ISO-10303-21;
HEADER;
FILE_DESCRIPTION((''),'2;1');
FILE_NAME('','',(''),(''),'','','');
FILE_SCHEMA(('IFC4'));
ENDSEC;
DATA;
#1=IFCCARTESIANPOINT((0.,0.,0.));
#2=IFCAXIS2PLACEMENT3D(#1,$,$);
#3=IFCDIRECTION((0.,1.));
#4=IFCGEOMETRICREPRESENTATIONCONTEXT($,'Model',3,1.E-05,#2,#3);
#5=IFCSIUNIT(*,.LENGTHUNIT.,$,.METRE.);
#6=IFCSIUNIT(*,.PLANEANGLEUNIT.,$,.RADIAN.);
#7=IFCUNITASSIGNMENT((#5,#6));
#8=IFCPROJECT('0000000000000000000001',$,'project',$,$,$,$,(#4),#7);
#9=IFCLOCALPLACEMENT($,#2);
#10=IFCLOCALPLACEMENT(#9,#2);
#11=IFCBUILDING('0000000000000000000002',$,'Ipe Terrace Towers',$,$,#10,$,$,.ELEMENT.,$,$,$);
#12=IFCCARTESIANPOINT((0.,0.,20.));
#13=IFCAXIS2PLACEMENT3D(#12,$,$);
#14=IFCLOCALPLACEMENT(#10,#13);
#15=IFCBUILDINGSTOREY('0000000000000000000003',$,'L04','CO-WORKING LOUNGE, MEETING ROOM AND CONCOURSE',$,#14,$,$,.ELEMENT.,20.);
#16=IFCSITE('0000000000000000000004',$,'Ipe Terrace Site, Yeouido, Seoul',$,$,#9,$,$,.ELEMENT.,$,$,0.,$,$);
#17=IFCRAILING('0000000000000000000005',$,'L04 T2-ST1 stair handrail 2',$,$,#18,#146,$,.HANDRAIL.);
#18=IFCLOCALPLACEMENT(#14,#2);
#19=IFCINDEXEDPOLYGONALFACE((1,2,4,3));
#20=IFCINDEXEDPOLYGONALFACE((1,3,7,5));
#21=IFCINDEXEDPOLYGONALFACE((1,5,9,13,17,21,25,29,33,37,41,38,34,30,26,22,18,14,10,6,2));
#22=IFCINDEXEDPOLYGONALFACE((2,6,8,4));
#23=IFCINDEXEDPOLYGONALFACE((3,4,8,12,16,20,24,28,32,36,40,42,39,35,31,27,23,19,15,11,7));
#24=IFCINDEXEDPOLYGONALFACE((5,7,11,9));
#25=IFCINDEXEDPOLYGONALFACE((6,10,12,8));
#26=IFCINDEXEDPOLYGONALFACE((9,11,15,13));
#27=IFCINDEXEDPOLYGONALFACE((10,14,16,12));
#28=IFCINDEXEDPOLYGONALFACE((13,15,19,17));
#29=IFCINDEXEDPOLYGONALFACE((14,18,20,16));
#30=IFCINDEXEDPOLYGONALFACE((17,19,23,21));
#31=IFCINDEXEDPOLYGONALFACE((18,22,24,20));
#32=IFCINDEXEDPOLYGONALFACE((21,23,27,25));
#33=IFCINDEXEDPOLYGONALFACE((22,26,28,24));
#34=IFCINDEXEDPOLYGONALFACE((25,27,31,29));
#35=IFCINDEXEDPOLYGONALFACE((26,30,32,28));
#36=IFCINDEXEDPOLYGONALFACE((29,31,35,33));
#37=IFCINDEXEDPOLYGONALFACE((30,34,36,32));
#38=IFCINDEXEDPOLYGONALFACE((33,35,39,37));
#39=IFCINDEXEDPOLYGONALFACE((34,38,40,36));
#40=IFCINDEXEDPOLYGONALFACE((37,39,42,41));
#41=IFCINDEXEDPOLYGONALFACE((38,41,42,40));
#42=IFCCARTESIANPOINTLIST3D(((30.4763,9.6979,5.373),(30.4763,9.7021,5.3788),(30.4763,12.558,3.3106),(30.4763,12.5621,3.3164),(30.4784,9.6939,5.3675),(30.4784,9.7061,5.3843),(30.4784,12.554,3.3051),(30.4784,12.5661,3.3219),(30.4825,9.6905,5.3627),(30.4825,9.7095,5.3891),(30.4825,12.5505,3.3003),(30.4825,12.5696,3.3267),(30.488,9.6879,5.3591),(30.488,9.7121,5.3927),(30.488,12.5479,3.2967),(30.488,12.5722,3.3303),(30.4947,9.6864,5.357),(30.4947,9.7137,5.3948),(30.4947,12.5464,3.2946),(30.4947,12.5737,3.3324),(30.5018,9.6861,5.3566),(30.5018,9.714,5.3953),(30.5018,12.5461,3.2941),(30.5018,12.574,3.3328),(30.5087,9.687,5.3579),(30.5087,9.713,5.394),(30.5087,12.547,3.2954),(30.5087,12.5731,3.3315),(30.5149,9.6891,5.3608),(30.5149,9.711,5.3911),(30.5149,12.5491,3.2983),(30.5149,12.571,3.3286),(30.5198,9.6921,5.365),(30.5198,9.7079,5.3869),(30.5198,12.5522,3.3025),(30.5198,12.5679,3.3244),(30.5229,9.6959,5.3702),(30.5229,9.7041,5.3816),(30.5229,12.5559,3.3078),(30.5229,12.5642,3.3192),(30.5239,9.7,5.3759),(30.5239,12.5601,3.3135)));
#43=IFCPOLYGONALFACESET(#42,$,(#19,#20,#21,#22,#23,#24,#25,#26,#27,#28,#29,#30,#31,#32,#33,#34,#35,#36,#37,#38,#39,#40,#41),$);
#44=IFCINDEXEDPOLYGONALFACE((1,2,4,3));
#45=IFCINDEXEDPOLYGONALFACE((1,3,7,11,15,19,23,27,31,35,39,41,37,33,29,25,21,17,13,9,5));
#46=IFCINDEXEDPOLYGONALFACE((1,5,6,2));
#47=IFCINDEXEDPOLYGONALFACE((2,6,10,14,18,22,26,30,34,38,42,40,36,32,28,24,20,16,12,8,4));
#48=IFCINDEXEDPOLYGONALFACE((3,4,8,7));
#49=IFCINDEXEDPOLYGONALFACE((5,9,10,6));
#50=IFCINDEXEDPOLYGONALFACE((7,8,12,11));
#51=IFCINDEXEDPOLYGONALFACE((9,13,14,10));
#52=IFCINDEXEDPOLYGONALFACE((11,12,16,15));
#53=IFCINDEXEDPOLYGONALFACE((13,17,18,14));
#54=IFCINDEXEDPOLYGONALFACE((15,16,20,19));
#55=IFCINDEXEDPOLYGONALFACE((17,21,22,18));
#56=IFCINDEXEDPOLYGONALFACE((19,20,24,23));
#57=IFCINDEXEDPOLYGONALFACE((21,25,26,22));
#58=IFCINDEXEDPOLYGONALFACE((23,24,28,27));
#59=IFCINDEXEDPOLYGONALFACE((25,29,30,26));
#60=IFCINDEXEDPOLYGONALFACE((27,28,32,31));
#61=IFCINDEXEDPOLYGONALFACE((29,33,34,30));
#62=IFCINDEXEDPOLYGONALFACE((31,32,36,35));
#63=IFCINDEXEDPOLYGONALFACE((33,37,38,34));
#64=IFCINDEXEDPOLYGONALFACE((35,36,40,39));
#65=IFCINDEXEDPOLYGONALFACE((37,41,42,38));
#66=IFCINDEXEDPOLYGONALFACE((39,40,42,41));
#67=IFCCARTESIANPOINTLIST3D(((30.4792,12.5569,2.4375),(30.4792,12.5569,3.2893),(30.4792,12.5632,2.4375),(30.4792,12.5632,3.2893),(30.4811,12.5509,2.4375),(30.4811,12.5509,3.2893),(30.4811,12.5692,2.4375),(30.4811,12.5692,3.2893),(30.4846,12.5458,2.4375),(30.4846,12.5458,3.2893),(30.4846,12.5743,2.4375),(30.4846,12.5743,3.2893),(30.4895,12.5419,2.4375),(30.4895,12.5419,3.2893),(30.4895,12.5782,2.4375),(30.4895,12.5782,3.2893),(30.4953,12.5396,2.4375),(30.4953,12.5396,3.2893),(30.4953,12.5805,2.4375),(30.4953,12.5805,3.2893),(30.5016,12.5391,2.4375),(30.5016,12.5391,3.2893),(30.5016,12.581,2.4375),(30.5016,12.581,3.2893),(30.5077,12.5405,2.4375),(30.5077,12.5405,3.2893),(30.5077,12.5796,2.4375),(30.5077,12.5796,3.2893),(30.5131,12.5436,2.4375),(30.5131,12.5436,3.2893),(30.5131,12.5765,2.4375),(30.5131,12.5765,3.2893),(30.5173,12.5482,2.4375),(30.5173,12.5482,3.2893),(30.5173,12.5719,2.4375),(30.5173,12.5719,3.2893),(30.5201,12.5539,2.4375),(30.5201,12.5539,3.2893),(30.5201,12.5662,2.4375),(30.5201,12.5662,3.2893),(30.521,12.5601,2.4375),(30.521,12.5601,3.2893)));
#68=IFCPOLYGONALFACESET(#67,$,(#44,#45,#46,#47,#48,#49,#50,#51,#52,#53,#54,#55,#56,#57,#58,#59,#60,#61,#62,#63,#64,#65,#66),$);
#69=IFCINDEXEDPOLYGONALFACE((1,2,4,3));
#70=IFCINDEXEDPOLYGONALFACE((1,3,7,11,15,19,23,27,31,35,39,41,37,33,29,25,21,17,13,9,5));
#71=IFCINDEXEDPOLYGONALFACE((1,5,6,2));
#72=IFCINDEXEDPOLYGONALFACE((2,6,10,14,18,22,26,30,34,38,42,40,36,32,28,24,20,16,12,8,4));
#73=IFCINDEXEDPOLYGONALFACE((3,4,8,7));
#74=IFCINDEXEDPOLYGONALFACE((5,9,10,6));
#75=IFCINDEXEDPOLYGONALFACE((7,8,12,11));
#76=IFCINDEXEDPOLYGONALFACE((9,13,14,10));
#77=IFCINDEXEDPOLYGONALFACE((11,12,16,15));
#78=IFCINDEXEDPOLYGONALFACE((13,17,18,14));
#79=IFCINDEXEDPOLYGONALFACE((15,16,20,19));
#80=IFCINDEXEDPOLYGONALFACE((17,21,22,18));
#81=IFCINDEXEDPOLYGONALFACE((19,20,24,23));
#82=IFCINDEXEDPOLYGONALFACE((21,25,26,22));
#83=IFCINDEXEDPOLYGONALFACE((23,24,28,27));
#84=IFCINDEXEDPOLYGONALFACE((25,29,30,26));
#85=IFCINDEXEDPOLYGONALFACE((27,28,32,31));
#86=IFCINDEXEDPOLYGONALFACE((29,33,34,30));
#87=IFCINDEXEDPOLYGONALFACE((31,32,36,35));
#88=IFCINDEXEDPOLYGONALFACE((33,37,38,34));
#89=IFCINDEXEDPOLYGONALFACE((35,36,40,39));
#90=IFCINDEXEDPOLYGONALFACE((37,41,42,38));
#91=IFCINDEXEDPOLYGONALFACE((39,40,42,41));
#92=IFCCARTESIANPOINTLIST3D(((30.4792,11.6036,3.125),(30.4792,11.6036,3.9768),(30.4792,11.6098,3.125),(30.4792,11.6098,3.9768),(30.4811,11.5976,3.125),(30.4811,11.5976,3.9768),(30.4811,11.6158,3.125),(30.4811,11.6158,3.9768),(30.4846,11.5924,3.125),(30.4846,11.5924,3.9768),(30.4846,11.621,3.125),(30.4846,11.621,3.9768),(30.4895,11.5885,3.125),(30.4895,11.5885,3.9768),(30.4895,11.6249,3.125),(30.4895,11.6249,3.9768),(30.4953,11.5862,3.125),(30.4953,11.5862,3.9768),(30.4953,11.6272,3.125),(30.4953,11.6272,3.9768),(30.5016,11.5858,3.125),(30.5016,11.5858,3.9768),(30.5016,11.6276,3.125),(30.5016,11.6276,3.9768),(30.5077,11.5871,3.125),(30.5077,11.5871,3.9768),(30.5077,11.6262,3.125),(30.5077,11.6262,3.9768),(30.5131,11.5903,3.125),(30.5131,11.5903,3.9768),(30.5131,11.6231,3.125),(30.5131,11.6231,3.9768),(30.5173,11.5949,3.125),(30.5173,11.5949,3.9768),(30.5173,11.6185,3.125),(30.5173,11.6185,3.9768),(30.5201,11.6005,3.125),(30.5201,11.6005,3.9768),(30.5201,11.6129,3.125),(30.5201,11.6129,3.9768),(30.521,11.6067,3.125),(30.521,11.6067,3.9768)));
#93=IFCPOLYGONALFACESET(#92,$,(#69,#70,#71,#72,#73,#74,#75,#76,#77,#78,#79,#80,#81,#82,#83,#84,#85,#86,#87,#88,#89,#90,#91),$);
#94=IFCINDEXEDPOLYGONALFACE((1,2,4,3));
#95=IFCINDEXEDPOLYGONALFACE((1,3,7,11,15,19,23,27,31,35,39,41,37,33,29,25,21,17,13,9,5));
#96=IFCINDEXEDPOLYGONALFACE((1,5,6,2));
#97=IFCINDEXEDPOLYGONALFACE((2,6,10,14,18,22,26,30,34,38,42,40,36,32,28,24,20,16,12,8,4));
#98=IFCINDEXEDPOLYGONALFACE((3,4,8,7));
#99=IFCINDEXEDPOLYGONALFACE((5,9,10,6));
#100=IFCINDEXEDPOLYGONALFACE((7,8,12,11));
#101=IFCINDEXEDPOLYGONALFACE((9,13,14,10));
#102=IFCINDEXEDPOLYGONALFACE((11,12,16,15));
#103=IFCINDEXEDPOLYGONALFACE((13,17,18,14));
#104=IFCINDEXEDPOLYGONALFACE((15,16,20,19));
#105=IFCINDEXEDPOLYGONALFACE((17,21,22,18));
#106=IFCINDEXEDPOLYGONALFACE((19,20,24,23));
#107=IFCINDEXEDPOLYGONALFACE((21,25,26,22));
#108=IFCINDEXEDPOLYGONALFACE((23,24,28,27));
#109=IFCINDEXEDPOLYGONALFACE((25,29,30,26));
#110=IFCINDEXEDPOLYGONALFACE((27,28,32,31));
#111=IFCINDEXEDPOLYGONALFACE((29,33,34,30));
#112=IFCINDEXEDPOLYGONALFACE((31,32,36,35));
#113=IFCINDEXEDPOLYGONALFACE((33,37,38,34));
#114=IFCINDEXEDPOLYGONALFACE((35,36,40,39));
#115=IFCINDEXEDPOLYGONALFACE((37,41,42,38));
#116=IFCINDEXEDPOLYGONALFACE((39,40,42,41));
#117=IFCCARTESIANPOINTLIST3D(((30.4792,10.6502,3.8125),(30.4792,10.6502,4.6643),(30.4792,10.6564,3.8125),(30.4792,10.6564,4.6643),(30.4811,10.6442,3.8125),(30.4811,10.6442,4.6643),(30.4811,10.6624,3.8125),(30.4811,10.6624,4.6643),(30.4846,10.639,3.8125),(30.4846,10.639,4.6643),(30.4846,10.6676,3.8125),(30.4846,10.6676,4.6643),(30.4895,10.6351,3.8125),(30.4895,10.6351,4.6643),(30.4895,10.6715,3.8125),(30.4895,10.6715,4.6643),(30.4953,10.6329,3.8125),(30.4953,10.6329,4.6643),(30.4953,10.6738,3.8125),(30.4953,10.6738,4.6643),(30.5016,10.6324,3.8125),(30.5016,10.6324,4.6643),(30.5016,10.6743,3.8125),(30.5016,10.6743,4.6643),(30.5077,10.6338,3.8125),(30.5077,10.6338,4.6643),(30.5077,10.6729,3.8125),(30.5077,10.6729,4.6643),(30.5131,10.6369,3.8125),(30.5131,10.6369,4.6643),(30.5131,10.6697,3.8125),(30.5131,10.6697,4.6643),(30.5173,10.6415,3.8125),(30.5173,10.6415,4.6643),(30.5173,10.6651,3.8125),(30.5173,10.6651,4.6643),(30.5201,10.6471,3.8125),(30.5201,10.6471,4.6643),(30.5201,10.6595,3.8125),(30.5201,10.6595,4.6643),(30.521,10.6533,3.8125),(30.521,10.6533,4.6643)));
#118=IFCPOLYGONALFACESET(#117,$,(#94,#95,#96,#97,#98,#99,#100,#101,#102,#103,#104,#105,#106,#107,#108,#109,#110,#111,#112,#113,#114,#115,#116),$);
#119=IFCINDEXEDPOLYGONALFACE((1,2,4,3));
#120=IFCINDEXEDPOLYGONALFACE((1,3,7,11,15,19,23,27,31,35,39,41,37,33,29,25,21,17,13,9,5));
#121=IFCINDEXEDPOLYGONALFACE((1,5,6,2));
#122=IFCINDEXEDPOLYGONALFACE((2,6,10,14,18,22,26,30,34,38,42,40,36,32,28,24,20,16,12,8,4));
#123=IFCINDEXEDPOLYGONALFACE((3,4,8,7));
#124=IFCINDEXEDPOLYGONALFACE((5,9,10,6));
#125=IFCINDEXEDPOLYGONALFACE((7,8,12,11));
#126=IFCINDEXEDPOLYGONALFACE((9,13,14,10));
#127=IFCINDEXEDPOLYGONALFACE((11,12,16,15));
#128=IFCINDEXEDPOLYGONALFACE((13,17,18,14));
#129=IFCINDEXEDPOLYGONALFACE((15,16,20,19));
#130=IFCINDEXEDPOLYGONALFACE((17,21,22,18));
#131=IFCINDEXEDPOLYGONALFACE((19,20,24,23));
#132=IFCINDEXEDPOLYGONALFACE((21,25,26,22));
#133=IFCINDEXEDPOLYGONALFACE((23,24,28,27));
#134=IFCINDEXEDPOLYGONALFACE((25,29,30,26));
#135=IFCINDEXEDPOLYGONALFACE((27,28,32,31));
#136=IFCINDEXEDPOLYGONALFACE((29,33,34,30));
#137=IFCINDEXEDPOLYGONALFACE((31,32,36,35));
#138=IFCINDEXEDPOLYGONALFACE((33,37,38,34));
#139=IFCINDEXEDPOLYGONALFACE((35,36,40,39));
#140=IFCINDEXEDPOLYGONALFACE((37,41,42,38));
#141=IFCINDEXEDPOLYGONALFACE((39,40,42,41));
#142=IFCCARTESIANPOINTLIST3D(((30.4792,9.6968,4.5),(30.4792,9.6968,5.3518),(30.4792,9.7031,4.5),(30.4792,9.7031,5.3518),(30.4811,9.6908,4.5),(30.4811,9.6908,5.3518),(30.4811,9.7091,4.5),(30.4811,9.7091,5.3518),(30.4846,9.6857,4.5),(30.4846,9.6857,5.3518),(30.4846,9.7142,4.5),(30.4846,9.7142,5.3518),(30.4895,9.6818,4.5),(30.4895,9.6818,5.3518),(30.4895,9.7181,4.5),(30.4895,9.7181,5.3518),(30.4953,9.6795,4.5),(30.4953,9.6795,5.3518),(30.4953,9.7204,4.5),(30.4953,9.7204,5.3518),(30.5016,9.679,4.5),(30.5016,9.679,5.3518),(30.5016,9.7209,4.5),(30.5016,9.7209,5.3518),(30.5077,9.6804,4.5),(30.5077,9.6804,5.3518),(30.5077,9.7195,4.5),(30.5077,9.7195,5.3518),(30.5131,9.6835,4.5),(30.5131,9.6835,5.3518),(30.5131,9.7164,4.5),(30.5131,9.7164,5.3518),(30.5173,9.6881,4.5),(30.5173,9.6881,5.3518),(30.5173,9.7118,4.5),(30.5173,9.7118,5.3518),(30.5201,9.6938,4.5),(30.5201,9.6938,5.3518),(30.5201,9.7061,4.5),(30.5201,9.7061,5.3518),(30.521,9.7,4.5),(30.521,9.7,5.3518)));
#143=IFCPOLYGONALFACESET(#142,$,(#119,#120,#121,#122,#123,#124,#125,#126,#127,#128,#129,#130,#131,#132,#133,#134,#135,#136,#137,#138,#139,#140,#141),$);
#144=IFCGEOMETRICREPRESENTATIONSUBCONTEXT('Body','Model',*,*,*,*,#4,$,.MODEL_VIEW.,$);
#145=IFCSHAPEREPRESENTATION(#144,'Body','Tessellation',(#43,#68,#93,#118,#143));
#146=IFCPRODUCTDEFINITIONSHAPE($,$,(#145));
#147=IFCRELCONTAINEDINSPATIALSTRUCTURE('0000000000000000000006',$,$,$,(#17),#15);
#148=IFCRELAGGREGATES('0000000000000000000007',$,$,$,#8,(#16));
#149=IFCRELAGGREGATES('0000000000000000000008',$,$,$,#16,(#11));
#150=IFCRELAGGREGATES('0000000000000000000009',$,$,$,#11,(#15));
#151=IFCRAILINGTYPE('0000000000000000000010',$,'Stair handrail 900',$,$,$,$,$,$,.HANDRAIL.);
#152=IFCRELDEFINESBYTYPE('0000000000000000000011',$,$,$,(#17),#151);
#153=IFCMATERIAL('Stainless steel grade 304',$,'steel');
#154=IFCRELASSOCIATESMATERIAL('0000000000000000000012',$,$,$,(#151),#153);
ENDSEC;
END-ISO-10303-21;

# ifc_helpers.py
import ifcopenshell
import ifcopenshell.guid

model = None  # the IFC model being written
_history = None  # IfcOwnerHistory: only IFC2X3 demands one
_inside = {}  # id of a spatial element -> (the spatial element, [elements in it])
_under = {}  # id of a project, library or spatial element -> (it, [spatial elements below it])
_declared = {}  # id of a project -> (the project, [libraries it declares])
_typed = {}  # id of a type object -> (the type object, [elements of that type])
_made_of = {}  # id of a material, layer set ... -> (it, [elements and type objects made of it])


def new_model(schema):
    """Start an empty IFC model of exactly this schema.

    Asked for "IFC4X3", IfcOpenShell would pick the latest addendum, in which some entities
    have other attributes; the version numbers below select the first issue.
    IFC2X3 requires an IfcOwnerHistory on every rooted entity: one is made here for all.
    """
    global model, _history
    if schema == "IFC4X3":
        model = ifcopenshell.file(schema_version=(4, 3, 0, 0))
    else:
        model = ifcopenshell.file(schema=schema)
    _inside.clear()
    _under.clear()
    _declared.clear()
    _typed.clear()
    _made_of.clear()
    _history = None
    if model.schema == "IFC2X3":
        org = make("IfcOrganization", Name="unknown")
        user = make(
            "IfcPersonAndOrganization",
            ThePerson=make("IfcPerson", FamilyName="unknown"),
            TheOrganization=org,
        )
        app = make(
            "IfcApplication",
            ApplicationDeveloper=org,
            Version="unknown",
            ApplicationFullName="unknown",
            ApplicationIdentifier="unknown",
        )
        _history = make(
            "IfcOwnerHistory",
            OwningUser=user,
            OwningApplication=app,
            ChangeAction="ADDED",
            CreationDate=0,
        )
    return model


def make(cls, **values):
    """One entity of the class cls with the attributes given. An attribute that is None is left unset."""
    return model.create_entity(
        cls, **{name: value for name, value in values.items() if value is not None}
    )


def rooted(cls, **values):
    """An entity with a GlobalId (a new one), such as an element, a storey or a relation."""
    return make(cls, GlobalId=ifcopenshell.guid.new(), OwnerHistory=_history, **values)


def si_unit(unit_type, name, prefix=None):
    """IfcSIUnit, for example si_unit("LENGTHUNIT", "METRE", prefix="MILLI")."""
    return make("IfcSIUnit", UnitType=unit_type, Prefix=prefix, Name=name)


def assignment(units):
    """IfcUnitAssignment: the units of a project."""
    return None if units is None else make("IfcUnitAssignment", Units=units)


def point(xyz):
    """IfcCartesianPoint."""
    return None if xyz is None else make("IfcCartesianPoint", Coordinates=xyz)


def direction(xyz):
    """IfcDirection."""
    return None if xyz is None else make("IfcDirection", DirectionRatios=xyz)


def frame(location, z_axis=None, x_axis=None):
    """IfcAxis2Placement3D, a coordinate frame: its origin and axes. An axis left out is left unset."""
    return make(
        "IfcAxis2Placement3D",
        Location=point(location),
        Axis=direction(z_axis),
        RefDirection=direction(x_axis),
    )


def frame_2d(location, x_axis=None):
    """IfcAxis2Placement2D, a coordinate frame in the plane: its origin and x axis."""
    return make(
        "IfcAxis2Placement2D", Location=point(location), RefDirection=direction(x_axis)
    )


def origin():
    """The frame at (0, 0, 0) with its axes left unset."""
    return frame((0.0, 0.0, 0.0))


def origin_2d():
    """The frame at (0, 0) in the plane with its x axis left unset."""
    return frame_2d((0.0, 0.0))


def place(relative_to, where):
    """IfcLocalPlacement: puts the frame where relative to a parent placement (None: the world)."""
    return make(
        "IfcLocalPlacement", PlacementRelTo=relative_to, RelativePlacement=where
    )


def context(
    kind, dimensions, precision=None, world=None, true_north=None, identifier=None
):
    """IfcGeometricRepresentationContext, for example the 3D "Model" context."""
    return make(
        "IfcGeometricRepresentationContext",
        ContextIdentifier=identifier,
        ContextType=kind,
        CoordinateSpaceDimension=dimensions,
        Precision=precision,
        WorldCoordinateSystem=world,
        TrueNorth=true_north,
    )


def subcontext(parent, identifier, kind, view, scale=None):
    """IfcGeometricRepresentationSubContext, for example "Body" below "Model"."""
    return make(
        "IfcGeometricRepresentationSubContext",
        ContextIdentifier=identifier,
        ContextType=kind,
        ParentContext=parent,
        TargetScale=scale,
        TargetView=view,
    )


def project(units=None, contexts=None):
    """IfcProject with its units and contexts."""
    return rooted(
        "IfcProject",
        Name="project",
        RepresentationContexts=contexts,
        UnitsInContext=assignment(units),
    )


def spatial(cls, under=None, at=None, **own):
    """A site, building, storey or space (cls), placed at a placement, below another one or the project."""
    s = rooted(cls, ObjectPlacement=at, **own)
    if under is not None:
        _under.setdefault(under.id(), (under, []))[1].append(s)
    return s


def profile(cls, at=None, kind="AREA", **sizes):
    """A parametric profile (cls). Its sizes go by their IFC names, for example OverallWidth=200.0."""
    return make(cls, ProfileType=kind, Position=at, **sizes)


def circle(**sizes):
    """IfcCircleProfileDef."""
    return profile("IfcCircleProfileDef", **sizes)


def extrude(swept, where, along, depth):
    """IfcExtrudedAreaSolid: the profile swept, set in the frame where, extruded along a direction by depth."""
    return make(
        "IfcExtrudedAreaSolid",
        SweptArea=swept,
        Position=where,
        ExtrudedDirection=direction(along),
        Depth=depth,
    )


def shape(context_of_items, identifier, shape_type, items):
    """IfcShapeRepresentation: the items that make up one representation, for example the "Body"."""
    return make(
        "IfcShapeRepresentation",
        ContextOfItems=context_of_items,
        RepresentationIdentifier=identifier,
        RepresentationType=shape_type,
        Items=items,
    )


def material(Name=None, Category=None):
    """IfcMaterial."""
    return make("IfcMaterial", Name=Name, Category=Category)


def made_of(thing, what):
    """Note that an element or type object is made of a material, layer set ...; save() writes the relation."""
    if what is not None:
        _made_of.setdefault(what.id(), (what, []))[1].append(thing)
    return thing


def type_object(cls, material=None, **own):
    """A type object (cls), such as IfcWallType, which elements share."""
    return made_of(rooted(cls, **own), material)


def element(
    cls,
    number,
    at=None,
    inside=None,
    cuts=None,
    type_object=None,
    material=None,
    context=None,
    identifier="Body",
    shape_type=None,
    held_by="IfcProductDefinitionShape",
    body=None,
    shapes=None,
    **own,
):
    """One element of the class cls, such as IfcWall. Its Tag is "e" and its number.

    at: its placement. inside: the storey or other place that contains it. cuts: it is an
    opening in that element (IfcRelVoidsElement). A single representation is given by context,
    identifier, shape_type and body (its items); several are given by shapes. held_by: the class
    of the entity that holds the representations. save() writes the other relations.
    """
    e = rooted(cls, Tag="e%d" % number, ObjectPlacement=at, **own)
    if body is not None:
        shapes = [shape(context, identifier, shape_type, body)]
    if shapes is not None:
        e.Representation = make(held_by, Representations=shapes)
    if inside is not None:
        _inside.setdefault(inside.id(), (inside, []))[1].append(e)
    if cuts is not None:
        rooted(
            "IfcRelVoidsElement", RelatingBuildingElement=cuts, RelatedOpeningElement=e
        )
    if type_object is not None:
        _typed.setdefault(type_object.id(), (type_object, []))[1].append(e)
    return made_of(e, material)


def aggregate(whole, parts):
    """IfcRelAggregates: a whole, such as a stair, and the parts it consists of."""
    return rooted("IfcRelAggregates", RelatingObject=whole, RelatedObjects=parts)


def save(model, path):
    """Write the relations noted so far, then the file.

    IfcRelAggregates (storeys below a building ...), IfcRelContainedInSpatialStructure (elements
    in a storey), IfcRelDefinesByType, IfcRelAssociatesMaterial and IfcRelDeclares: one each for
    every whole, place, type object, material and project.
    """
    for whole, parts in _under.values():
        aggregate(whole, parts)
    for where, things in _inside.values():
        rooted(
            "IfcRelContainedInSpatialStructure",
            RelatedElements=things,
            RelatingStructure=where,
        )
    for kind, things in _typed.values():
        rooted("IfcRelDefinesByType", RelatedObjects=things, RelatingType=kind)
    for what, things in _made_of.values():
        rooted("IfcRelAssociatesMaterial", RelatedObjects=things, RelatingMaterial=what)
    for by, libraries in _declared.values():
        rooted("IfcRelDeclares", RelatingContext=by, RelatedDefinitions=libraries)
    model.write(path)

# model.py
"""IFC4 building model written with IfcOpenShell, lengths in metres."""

from ifc_helpers import new_model, si_unit, direction, frame, origin, origin_2d, place, context, subcontext, project, spatial, circle, extrude, material, type_object, element, save


model = new_model("IFC4")

# Units and contexts
model_context = context("Model", 3, precision=1e-05, world=origin(), true_north=direction((0.0, 1.0)))
body_context = subcontext(model_context, "Body", "Model", "MODEL_VIEW")
ifc_project = project(units=[si_unit("LENGTHUNIT", "METRE"), si_unit("PLANEANGLEUNIT", "RADIAN")], contexts=[model_context])

# Site, building, storey
site_placement = place(None, origin())
site = spatial("IfcSite", under=ifc_project, at=site_placement, Name="Ipe Terrace Site, Yeouido, Seoul", CompositionType="ELEMENT", RefElevation=0.0)
building_placement = place(site_placement, origin())
building = spatial("IfcBuilding", under=site, at=building_placement, Name="Ipe Terrace Towers", CompositionType="ELEMENT")
storey_placement = place(building_placement, frame((0.0, 0.0, 20.0)))
storey = spatial("IfcBuildingStorey", under=building, at=storey_placement, Name="L04", Description="CO-WORKING LOUNGE, MEETING ROOM AND CONCOURSE", CompositionType="ELEMENT", Elevation=20.0)

# Railing
ifc_material_1 = material(Name="Stainless steel grade 304", Category="steel")
railing_type_1 = type_object("IfcRailingType", Name="Stair handrail 900", PredefinedType="HANDRAIL", material=ifc_material_1)
railing_1_placement = place(storey_placement, frame((30.5, 12.5601, 2.4375)))
element("IfcRailing", 1, at=railing_1_placement, inside=storey, type_object=railing_type_1, Name="L04 T2-ST1 stair handrail 2", PredefinedType="HANDRAIL", context=body_context, shape_type="SweptSolid", body=[
    extrude(circle(Radius=0.0239, at=origin_2d()), frame((0.0, 0.0, 0.876), z_axis=(0.0, -0.811101, 0.584906), x_axis=(1.0, 0.0, 0.0)), (0.0, 0.0, 1.0), 3.5261),
    extrude(circle(Radius=0.021, at=origin_2d()), origin(), (0.0, 0.0, 1.0), 0.8518),
    extrude(circle(Radius=0.021, at=origin_2d()), frame((0.0, -0.9534, 0.6875)), (0.0, 0.0, 1.0), 0.8518),
    extrude(circle(Radius=0.021, at=origin_2d()), frame((0.0, -1.9067, 1.375)), (0.0, 0.0, 1.0), 0.8518),
    extrude(circle(Radius=0.021, at=origin_2d()), frame((0.0, -2.8601, 2.0625)), (0.0, 0.0, 1.0), 0.8518),
])

save(model, "model.ifc")
